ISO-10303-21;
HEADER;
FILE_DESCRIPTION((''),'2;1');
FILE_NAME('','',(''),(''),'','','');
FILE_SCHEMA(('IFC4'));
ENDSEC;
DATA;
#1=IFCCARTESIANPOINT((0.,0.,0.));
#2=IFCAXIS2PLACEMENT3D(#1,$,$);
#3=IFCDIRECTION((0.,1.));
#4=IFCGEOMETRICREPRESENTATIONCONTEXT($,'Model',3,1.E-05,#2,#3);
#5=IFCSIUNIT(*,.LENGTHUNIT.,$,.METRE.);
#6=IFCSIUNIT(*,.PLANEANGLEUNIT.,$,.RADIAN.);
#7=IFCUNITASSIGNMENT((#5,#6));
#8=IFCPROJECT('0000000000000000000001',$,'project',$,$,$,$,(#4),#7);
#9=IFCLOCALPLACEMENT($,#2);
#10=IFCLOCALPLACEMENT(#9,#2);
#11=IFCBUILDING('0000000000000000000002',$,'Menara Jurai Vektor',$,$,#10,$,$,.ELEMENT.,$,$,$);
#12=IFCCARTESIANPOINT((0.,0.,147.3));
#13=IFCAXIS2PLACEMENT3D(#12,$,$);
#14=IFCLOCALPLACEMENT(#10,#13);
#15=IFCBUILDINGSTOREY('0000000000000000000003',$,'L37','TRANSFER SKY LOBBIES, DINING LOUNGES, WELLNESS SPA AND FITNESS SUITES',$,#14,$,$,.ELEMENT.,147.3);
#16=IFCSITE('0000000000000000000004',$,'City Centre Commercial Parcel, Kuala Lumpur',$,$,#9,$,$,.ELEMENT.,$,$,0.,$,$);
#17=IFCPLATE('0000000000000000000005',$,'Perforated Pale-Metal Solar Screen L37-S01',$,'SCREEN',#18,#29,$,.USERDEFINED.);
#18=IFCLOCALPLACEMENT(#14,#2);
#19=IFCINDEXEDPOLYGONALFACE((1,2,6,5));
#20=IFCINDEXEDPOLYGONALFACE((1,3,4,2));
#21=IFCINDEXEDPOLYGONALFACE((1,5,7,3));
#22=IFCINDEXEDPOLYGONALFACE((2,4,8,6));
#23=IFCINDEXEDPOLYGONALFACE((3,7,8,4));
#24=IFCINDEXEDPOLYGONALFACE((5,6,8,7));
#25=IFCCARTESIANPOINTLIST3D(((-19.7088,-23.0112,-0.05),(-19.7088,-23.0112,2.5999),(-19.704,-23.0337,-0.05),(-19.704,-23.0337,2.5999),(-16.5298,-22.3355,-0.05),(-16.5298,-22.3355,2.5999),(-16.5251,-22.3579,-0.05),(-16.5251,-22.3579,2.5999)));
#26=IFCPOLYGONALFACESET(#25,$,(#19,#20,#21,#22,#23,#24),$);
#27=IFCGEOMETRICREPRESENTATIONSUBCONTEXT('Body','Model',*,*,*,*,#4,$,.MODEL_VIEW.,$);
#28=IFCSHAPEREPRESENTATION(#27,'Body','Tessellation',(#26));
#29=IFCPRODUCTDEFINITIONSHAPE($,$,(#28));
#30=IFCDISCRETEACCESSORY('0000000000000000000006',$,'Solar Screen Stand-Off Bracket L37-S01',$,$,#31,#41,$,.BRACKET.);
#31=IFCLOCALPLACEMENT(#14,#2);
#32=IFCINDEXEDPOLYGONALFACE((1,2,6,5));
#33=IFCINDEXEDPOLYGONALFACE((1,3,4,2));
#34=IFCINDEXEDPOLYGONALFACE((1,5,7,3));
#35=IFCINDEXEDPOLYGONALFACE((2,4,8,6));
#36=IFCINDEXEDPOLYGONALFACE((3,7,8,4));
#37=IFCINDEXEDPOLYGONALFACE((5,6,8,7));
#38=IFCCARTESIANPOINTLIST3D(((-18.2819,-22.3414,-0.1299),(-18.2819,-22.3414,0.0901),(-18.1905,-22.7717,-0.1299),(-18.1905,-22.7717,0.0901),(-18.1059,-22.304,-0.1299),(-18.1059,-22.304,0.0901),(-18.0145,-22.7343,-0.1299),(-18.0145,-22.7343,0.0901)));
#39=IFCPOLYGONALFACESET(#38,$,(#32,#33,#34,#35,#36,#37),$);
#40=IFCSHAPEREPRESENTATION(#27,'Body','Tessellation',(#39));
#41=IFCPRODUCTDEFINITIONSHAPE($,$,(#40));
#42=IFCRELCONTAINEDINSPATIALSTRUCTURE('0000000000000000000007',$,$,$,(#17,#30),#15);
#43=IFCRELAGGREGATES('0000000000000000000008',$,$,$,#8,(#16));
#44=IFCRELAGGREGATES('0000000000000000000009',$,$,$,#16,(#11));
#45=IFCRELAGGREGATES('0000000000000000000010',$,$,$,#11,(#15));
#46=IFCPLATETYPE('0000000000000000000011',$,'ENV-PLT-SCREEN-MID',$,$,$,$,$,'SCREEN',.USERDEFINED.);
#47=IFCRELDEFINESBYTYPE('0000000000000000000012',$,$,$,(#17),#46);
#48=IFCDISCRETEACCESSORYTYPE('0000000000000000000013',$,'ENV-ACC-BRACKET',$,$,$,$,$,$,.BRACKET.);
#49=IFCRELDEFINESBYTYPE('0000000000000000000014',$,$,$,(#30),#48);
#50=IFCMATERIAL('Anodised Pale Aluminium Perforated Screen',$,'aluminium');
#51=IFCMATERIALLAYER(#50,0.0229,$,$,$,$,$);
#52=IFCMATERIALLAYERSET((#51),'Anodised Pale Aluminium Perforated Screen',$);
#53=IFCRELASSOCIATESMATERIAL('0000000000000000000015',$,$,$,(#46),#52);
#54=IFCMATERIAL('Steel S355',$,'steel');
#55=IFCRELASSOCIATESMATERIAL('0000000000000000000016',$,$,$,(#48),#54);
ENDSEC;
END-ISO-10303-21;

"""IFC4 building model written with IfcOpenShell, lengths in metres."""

from ifc_helpers import new_model, si_unit, direction, frame, origin, origin_2d, place, context, subcontext, project, spatial, rectangle, extrude, material, layer, layer_set, type_object, element, save


model = new_model("IFC4")

# Units and contexts
model_context = context("Model", 3, precision=1e-05, world=origin(), true_north=direction((0.0, 1.0)))
body_context = subcontext(model_context, "Body", "Model", "MODEL_VIEW")
ifc_project = project(units=[si_unit("LENGTHUNIT", "METRE"), si_unit("PLANEANGLEUNIT", "RADIAN")], contexts=[model_context])

# Site, building, storey
site_placement = place(None, origin())
site = spatial("IfcSite", under=ifc_project, at=site_placement, Name="City Centre Commercial Parcel, Kuala Lumpur", CompositionType="ELEMENT", RefElevation=0.0)
building_placement = place(site_placement, origin())
building = spatial("IfcBuilding", under=site, at=building_placement, Name="Menara Jurai Vektor", CompositionType="ELEMENT")
storey_placement = place(building_placement, frame((0.0, 0.0, 147.3)))
storey = spatial("IfcBuildingStorey", under=building, at=storey_placement, Name="L37", Description="TRANSFER SKY LOBBIES, DINING LOUNGES, WELLNESS SPA AND FITNESS SUITES", CompositionType="ELEMENT", Elevation=147.3)

# Shared definitions
ifc_material_1 = material(Name="Steel S355", Category="steel")

# Plate
ifc_material_2 = material(Name="Anodised Pale Aluminium Perforated Screen", Category="aluminium")
ifc_layer_1 = layer(ifc_material_2, 0.0229)
ifc_layer_set_1 = layer_set([ifc_layer_1], Name="Anodised Pale Aluminium Perforated Screen")
plate_type_1 = type_object("IfcPlateType", Name="ENV-PLT-SCREEN-MID", ElementType="SCREEN", PredefinedType="USERDEFINED", material=ifc_layer_set_1)
plate_1_placement = place(storey_placement, frame((-18.1169, -22.6846, -0.05), z_axis=(0.0, 0.0, 1.0), x_axis=(0.978148, 0.207912, 0.0)))
element("IfcPlate", 1, at=plate_1_placement, inside=storey, type_object=plate_type_1, Name="Perforated Pale-Metal Solar Screen L37-S01", ObjectType="SCREEN", PredefinedType="USERDEFINED", context=body_context, shape_type="SweptSolid", body=[
    extrude(rectangle(XDim=3.25, YDim=0.0229, at=origin_2d()), origin(), (0.0, 0.0, 1.0), 2.6499),
])

# Discrete accessory
discrete_accessory_type = type_object("IfcDiscreteAccessoryType", Name="ENV-ACC-BRACKET", PredefinedType="BRACKET", material=ifc_material_1)
discrete_accessory_placement = place(storey_placement, frame((-18.1482, -22.5378, -0.1299), z_axis=(0.0, 0.0, 1.0), x_axis=(0.978148, 0.207912, 0.0)))
element("IfcDiscreteAccessory", 2, at=discrete_accessory_placement, inside=storey, type_object=discrete_accessory_type, Name="Solar Screen Stand-Off Bracket L37-S01", PredefinedType="BRACKET", context=body_context, shape_type="SweptSolid", body=[
    extrude(rectangle(XDim=0.1799, YDim=0.4399, at=origin_2d()), origin(), (0.0, 0.0, 1.0), 0.22),
])

save(model, "model.ifc")
